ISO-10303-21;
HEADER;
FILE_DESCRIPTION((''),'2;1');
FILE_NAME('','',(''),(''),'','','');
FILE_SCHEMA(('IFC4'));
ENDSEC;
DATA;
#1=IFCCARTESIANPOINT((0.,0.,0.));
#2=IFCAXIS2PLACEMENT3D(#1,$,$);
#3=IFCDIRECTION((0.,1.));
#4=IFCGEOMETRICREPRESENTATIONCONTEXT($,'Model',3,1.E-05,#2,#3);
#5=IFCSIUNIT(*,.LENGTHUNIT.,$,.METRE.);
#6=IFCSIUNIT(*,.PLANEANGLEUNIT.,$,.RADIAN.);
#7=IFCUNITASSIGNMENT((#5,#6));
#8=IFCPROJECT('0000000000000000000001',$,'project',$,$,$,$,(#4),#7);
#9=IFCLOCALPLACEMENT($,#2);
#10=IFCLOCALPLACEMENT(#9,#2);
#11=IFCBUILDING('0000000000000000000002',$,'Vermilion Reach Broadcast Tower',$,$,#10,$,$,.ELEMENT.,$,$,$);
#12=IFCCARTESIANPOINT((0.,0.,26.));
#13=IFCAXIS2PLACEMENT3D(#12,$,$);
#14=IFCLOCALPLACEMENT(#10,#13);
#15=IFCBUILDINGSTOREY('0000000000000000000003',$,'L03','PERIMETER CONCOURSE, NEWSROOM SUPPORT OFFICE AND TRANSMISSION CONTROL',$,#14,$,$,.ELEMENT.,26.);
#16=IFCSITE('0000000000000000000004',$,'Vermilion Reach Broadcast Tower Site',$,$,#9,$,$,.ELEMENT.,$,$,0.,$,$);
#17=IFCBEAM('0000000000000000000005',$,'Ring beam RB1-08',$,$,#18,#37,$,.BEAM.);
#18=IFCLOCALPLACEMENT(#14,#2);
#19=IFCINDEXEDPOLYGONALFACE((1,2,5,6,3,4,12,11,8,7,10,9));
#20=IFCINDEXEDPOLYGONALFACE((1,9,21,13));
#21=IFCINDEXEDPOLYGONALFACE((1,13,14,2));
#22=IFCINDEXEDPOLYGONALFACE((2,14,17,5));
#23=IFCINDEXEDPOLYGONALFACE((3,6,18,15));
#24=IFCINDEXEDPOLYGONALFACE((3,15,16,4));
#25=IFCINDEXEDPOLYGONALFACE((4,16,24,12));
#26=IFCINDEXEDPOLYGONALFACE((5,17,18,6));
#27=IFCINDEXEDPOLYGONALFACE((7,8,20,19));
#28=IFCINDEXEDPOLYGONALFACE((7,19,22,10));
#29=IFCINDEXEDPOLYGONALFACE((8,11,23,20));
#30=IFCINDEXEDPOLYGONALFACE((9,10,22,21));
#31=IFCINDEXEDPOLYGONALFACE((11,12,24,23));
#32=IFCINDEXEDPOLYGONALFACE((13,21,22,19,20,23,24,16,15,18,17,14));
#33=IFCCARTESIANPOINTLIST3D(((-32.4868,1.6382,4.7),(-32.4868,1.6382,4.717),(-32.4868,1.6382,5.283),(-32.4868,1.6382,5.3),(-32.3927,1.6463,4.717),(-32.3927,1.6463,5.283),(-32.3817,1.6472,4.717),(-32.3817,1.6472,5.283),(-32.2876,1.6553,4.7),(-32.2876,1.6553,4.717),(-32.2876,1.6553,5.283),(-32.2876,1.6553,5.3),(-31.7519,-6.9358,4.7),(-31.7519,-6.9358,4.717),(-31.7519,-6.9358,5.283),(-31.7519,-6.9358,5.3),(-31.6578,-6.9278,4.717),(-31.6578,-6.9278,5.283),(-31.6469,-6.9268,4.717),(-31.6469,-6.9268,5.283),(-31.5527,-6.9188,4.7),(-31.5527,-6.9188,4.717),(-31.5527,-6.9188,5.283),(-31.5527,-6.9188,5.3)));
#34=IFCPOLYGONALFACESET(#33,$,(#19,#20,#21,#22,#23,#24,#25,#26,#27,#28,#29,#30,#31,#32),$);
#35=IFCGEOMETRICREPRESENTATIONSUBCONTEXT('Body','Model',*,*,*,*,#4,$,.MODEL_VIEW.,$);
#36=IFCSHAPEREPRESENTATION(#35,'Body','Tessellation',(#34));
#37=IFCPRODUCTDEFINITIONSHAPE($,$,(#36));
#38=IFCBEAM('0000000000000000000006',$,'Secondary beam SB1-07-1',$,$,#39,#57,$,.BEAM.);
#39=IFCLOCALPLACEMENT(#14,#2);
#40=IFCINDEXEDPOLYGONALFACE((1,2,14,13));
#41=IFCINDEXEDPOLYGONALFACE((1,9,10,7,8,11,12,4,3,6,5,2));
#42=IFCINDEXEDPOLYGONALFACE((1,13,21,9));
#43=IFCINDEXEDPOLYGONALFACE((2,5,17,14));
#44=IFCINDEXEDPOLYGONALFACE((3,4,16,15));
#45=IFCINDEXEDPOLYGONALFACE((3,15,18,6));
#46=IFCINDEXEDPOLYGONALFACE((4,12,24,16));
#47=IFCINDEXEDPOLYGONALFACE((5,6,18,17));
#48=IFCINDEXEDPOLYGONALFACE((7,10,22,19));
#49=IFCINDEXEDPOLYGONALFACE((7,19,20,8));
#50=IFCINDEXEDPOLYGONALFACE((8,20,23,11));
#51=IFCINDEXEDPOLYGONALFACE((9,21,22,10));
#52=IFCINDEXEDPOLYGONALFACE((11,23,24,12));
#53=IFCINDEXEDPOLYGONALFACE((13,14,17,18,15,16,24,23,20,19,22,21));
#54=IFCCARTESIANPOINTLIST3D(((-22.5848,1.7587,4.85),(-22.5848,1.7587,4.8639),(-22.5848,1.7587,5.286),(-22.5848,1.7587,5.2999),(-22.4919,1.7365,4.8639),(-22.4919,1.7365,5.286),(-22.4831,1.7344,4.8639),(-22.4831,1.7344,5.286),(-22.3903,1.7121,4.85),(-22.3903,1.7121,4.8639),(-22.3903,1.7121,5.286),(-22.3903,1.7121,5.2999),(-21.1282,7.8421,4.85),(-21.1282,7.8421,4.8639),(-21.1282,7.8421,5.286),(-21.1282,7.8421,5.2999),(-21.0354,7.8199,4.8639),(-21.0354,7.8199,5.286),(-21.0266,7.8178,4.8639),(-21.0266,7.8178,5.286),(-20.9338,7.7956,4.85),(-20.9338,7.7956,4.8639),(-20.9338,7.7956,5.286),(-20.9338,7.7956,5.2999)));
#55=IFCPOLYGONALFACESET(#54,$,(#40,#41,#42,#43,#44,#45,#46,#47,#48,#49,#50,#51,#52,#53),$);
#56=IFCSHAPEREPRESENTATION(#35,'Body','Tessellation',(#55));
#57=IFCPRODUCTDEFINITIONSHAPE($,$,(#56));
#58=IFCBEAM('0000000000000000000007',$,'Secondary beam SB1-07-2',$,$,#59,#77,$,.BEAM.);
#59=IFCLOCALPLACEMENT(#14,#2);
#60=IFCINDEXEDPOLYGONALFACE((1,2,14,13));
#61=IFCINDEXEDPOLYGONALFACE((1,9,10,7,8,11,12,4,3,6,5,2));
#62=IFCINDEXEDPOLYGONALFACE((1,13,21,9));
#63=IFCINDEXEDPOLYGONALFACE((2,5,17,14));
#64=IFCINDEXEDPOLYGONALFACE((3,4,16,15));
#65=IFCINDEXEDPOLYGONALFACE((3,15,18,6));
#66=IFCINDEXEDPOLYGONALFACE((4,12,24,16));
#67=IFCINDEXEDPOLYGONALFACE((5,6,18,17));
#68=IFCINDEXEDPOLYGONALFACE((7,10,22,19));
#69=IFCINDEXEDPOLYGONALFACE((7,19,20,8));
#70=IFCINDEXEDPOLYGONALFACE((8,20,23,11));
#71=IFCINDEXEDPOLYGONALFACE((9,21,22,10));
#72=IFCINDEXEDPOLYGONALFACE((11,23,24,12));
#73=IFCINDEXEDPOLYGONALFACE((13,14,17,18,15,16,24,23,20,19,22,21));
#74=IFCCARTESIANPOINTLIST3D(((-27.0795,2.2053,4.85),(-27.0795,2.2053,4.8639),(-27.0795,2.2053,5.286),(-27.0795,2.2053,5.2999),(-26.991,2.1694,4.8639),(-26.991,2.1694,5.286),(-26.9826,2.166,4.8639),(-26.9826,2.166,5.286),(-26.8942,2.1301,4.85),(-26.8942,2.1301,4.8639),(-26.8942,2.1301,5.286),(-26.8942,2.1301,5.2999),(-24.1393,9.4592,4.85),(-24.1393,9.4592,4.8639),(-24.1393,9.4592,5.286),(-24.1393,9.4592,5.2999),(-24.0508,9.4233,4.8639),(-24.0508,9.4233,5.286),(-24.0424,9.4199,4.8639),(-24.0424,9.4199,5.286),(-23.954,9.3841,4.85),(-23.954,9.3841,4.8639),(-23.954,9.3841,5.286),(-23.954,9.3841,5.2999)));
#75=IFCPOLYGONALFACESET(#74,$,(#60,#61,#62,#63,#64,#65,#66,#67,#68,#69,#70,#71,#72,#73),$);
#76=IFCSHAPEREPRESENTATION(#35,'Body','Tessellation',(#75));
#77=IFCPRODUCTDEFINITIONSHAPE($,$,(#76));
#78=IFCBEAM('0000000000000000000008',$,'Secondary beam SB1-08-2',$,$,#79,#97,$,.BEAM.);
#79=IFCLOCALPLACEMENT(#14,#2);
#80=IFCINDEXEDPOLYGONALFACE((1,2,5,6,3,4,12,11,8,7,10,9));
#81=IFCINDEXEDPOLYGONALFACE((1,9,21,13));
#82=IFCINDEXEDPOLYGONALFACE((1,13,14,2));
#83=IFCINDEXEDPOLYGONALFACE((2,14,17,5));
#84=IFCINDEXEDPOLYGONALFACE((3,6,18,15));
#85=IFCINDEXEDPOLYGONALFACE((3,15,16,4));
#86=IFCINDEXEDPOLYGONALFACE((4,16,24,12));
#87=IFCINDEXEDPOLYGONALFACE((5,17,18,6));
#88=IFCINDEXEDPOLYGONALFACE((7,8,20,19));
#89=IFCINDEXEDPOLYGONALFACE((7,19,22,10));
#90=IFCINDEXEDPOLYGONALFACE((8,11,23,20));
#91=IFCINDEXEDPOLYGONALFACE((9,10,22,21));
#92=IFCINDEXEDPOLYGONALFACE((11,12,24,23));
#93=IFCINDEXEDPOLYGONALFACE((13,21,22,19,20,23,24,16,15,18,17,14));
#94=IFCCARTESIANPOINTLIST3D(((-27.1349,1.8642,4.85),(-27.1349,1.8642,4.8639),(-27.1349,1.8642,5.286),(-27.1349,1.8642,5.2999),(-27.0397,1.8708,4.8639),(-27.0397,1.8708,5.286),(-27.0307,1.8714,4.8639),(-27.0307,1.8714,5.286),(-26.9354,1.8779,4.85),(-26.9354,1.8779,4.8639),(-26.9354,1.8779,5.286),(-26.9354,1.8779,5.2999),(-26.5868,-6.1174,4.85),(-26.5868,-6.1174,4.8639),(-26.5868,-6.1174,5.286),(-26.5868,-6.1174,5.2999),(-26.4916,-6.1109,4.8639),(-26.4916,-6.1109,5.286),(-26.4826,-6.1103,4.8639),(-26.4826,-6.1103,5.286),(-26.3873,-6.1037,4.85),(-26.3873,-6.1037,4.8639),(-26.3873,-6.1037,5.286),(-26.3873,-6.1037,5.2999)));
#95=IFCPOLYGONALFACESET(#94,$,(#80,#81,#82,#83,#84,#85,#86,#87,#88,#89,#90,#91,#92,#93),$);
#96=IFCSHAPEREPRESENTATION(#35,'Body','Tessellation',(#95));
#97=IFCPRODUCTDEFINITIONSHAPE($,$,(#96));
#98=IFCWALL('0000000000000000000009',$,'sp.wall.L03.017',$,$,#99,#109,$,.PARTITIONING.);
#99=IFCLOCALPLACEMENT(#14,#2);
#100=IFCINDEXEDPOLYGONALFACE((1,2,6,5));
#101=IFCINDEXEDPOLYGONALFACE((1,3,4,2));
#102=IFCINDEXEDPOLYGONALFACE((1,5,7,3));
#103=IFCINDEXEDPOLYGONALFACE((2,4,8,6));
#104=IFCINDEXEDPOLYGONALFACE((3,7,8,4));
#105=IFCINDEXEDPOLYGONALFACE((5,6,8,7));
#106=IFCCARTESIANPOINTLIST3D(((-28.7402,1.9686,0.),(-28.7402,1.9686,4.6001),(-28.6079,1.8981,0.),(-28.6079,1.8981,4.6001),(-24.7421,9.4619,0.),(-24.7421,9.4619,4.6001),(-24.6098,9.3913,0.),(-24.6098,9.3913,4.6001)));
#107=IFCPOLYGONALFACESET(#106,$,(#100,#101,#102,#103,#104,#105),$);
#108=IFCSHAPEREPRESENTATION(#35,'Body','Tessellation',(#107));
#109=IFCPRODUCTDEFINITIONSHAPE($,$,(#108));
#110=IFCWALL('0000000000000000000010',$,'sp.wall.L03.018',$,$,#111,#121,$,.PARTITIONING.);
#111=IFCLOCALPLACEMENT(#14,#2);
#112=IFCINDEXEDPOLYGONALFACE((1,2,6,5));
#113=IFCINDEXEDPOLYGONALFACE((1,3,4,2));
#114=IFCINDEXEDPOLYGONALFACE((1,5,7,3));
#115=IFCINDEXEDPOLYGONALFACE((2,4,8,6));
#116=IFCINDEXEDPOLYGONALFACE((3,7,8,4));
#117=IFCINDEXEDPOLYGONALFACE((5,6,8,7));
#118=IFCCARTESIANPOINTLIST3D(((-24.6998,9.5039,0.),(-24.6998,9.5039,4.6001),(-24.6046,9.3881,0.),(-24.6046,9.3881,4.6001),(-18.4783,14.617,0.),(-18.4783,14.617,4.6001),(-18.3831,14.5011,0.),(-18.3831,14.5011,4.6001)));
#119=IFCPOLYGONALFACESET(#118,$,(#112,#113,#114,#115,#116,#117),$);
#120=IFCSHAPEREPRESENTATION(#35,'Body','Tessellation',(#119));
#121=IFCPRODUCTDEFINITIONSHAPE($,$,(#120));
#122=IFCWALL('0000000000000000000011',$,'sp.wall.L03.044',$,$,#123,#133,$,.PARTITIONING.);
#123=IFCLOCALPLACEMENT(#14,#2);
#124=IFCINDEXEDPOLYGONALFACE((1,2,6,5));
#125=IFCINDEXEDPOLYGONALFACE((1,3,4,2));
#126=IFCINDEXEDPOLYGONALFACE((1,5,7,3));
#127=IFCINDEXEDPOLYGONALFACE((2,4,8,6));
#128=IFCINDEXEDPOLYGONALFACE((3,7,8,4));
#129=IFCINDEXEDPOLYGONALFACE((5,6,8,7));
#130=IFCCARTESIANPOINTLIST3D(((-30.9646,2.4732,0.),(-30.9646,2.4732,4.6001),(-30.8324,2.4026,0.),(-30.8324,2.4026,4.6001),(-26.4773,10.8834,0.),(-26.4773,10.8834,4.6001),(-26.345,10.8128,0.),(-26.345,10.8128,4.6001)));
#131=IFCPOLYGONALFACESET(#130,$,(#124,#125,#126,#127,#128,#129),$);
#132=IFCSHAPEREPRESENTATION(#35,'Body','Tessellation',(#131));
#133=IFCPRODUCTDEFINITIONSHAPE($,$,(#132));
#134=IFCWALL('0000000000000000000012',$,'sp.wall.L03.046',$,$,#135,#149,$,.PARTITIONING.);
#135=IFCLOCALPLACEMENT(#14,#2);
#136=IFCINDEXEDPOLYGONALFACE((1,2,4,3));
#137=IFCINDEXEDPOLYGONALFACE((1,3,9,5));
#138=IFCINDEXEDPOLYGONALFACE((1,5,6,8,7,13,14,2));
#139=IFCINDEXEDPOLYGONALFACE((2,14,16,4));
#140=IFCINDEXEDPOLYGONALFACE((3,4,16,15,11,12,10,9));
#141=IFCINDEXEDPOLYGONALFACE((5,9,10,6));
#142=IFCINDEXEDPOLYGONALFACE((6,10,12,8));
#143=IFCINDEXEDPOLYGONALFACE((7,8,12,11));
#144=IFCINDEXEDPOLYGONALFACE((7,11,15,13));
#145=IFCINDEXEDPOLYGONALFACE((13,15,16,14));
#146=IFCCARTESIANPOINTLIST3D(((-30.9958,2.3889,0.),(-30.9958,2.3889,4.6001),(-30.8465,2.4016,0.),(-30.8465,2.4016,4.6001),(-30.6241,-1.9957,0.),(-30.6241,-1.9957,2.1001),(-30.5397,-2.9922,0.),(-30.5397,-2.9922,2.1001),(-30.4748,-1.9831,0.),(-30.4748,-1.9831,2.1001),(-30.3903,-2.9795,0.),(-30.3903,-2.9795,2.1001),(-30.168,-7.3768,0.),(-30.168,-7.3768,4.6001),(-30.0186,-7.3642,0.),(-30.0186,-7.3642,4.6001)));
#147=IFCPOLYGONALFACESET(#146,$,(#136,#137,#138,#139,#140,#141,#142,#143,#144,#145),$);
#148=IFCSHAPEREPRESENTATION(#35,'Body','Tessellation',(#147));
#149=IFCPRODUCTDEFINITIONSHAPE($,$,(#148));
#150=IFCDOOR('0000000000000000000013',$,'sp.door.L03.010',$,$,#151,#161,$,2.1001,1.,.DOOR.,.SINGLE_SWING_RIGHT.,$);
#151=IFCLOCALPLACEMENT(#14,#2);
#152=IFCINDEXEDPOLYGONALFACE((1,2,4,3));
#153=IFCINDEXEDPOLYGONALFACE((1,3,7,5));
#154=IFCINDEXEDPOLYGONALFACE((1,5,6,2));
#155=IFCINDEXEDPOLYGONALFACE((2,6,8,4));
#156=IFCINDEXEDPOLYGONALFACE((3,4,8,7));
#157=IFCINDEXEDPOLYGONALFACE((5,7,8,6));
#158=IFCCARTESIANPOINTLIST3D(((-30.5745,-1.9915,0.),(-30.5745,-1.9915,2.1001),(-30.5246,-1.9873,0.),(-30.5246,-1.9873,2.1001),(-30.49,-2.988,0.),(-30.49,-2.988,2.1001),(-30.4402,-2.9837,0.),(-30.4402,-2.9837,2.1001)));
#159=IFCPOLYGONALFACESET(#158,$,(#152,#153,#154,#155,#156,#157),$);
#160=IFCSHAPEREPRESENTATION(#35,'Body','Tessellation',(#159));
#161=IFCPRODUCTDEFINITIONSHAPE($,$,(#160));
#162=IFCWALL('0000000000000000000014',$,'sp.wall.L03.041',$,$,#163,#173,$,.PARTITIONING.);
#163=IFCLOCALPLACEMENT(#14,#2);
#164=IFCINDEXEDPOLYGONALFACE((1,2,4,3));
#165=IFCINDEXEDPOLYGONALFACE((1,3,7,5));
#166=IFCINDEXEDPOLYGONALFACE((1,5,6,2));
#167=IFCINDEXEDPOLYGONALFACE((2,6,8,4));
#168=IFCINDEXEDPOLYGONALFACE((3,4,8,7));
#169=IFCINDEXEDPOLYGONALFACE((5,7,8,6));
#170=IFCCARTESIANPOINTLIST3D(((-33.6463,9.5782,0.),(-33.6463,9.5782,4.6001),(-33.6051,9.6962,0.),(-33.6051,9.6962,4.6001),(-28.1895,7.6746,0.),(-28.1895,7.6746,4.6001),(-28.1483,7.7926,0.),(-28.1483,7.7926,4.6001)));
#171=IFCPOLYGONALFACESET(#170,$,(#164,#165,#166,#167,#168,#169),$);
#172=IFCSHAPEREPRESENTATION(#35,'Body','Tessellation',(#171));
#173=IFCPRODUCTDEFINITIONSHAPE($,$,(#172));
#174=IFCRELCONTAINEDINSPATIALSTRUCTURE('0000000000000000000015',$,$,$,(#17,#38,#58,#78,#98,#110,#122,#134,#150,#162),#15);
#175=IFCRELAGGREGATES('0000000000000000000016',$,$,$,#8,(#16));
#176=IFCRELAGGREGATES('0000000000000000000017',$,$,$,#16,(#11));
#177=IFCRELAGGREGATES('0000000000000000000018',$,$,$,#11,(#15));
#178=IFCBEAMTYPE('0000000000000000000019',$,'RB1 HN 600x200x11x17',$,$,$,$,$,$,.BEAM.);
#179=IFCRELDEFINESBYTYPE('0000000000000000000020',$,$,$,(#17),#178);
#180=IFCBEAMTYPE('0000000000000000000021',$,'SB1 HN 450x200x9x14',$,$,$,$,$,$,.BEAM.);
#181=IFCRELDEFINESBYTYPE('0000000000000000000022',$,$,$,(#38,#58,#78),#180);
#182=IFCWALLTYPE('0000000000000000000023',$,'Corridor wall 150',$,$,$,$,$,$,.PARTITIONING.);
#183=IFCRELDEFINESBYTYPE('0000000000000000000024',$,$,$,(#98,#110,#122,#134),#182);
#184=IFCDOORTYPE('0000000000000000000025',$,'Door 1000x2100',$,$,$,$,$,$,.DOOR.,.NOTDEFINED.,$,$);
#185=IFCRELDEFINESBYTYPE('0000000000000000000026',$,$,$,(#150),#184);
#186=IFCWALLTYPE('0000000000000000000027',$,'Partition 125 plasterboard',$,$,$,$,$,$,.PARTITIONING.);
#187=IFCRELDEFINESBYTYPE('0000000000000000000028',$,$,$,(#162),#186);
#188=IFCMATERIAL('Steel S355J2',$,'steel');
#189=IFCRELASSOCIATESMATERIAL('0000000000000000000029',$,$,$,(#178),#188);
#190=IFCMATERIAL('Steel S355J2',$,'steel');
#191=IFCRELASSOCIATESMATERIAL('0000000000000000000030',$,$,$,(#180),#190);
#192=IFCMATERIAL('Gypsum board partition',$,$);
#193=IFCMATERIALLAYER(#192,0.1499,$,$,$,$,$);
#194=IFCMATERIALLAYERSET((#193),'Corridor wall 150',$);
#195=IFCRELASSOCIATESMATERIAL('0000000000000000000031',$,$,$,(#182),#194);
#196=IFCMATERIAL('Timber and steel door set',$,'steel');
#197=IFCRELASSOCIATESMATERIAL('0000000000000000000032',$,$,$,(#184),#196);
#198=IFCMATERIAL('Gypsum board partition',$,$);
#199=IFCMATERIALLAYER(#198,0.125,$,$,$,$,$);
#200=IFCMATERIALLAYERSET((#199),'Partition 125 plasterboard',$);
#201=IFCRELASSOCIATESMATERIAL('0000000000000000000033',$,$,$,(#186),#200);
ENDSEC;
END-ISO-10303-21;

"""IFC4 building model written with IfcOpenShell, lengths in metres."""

from ifc_helpers import new_model, si_unit, direction, frame, frame_2d, origin, origin_2d, place, context, subcontext, project, spatial, rectangle, i_section, extrude, material, layer, layer_set, material_profile, profile_set, type_object, element, fill, save


model = new_model("IFC4")

# Units and contexts
model_context = context("Model", 3, precision=1e-05, world=origin(), true_north=direction((0.0, 1.0)))
body_context = subcontext(model_context, "Body", "Model", "MODEL_VIEW")
ifc_project = project(units=[si_unit("LENGTHUNIT", "METRE"), si_unit("PLANEANGLEUNIT", "RADIAN")], contexts=[model_context])

# Site, building, storey
site_placement = place(None, origin())
site = spatial("IfcSite", under=ifc_project, at=site_placement, Name="Vermilion Reach Broadcast Tower Site", CompositionType="ELEMENT", RefElevation=0.0)
building_placement = place(site_placement, origin())
building = spatial("IfcBuilding", under=site, at=building_placement, Name="Vermilion Reach Broadcast Tower", CompositionType="ELEMENT")
storey_placement = place(building_placement, frame((0.0, 0.0, 26.0)))
storey = spatial("IfcBuildingStorey", under=building, at=storey_placement, Name="L03", Description="PERIMETER CONCOURSE, NEWSROOM SUPPORT OFFICE AND TRANSMISSION CONTROL", CompositionType="ELEMENT", Elevation=26.0)

# Beams
ifc_material_1 = material(Name="Steel S355J2", Category="steel")
ifc_material_profile_1 = material_profile(ifc_material_1, i_section(OverallWidth=0.2, OverallDepth=0.6001, WebThickness=0.011, FlangeThickness=0.0171, at=origin_2d()), Name="S355J2 HN 600x200x11x17")
ifc_profile_set_1 = profile_set([ifc_material_profile_1], Name="Steel S355J2")
beam_type_1 = type_object("IfcBeamType", Name="RB1 HN 600x200x11x17", PredefinedType="BEAM", material=ifc_profile_set_1)
beam_1_placement = place(storey_placement, frame((-32.3872, 1.6467, 5.0), z_axis=(0.085396, -0.996347, 0.0), x_axis=(0.996347, 0.085396, 0.0)))
element("IfcBeam", 1, at=beam_1_placement, inside=storey, type_object=beam_type_1, Name="Ring beam RB1-08", PredefinedType="BEAM", context=body_context, shape_type="SweptSolid", body=[
    extrude(i_section(OverallWidth=0.2, OverallDepth=0.6001, WebThickness=0.011, FlangeThickness=0.0171, at=origin_2d()), origin(), (0.0, 0.0, 1.0), 8.6055),
])
ifc_material_2 = material(Name="Steel S355J2", Category="steel")
ifc_material_profile_2 = material_profile(ifc_material_2, i_section(OverallWidth=0.2, OverallDepth=0.45, WebThickness=0.009, FlangeThickness=0.0139, at=origin_2d()), Name="S355J2 HN 450x200x9x14")
ifc_profile_set_2 = profile_set([ifc_material_profile_2], Name="Steel S355J2")
beam_type_2 = type_object("IfcBeamType", Name="SB1 HN 450x200x9x14", PredefinedType="BEAM", material=ifc_profile_set_2)
beam_2_placement = place(storey_placement, frame((-21.031, 7.8188, 5.075), z_axis=(-0.232844, -0.972514, 0.0), x_axis=(0.972514, -0.232844, 0.0)))
element("IfcBeam", 2, at=beam_2_placement, inside=storey, type_object=beam_type_2, Name="Secondary beam SB1-07-1", PredefinedType="BEAM", context=body_context, shape_type="SweptSolid", body=[
    extrude(i_section(OverallWidth=0.2, OverallDepth=0.45, WebThickness=0.009, FlangeThickness=0.0139, at=origin_2d()), origin(), (0.0, 0.0, 1.0), 6.2554),
])
beam_3_placement = place(storey_placement, frame((-24.0466, 9.4216, 5.075), z_axis=(-0.375641, -0.926765, 0.0), x_axis=(0.926765, -0.375641, 0.0)))
element("IfcBeam", 3, at=beam_3_placement, inside=storey, type_object=beam_type_2, Name="Secondary beam SB1-07-2", PredefinedType="BEAM", context=body_context, shape_type="SweptSolid", body=[
    extrude(i_section(OverallWidth=0.2, OverallDepth=0.45, WebThickness=0.009, FlangeThickness=0.0139, at=origin_2d()), origin(), (0.0, 0.0, 1.0), 7.8271),
])
beam_4_placement = place(storey_placement, frame((-27.0352, 1.8711, 5.075), z_axis=(0.068508, -0.997651, 0.0), x_axis=(0.997651, 0.068508, 0.0)))
element("IfcBeam", 4, at=beam_4_placement, inside=storey, type_object=beam_type_2, Name="Secondary beam SB1-08-2", PredefinedType="BEAM", context=body_context, shape_type="SweptSolid", body=[
    extrude(i_section(OverallWidth=0.2, OverallDepth=0.45, WebThickness=0.009, FlangeThickness=0.0139, at=origin_2d()), origin(), (0.0, 0.0, 1.0), 8.0005),
])

# Walls
ifc_material_3 = material(Name="Gypsum board partition")
ifc_layer_1 = layer(ifc_material_3, 0.1499)
ifc_layer_set_1 = layer_set([ifc_layer_1], Name="Corridor wall 150")
wall_type_1 = type_object("IfcWallType", Name="Corridor wall 150", PredefinedType="PARTITIONING", material=ifc_layer_set_1)
wall_1_placement = place(storey_placement, frame((-28.6741, 1.9333, 0.0), z_axis=(0.0, 0.0, 1.0), x_axis=(0.470743, 0.88227, 0.0)))
element("IfcWall", 5, at=wall_1_placement, inside=storey, type_object=wall_type_1, Name="sp.wall.L03.017", PredefinedType="PARTITIONING", context=body_context, shape_type="SweptSolid", body=[
    extrude(rectangle(XDim=8.4932, YDim=0.1499, at=frame_2d((4.2466, 0.0))), origin(), (0.0, 0.0, 1.0), 4.6001),
])
wall_2_placement = place(storey_placement, frame((-24.6521, 9.446, 0.0), z_axis=(0.0, 0.0, 1.0), x_axis=(0.77257, 0.63493, 0.0)))
element("IfcWall", 6, at=wall_2_placement, inside=storey, type_object=wall_type_1, Name="sp.wall.L03.018", PredefinedType="PARTITIONING", context=body_context, shape_type="SweptSolid", body=[
    extrude(rectangle(XDim=8.053, YDim=0.1499, at=frame_2d((4.0264, 0.0))), origin(), (0.0, 0.0, 1.0), 4.6001),
])
wall_3_placement = place(storey_placement, frame((-30.8984, 2.438, 0.0), z_axis=(0.0, 0.0, 1.0), x_axis=(0.470742, 0.882271, 0.0)))
element("IfcWall", 7, at=wall_3_placement, inside=storey, type_object=wall_type_1, Name="sp.wall.L03.044", PredefinedType="PARTITIONING", context=body_context, shape_type="SweptSolid", body=[
    extrude(rectangle(XDim=9.5325, YDim=0.1499, at=frame_2d((4.7661, 0.0))), origin(), (0.0, 0.0, 1.0), 4.6001),
])

# Wall, opening, door
wall_4_placement = place(storey_placement, frame((-30.9211, 2.3953, 0.0), z_axis=(0.0, 0.0, 1.0), x_axis=(0.08447, -0.996426, 0.0)))
wall_4 = element("IfcWall", 8, at=wall_4_placement, inside=storey, type_object=wall_type_1, Name="sp.wall.L03.046", PredefinedType="PARTITIONING", context=body_context, shape_type="SweptSolid", body=[
    extrude(rectangle(XDim=9.8008, YDim=0.1499, at=frame_2d((4.9004, 0.0))), origin(), (0.0, 0.0, 1.0), 4.6001),
])
opening_1_placement = place(wall_4_placement, frame((4.4004, 0.0, 0.0)))
opening_1 = element("IfcOpeningElement", 9, at=opening_1_placement, cuts=wall_4, PredefinedType="OPENING", context=body_context, shape_type="SweptSolid", body=[
    extrude(rectangle(XDim=1.0, YDim=2.1001, at=frame_2d((0.5, 1.05))), frame((0.0, 0.085, 0.0), z_axis=(0.0, -1.0, 0.0), x_axis=(1.0, 0.0, 0.0)), (0.0, 0.0, 1.0), 0.1699),
])
ifc_material_4 = material(Name="Timber and steel door set", Category="steel")
door_type = type_object("IfcDoorType", Name="Door 1000x2100", OperationType="NOTDEFINED", PredefinedType="DOOR", material=ifc_material_4)
door_placement = place(opening_1_placement, origin())
door = element("IfcDoor", 10, at=door_placement, inside=storey, type_object=door_type, Name="sp.door.L03.010", OperationType="SINGLE_SWING_RIGHT", OverallHeight=2.1001, OverallWidth=1.0, PredefinedType="DOOR", context=body_context, shape_type="SweptSolid", body=[
    extrude(rectangle(XDim=1.0, YDim=2.1001, at=frame_2d((0.5, 1.05))), frame((0.0, 0.0249, 0.0), z_axis=(0.0, -1.0, 0.0), x_axis=(1.0, 0.0, 0.0)), (0.0, 0.0, 1.0), 0.05),
])
fill(opening_1, door)

# Wall
ifc_material_5 = material(Name="Gypsum board partition")
ifc_layer_2 = layer(ifc_material_5, 0.125)
ifc_layer_set_2 = layer_set([ifc_layer_2], Name="Partition 125 plasterboard")
wall_type_2 = type_object("IfcWallType", Name="Partition 125 plasterboard", PredefinedType="PARTITIONING", material=ifc_layer_set_2)
wall_5_placement = place(storey_placement, frame((-33.6257, 9.6372, 0.0), z_axis=(0.0, 0.0, 1.0), x_axis=(0.944198, -0.329377, 0.0)))
element("IfcWall", 11, at=wall_5_placement, inside=storey, type_object=wall_type_2, Name="sp.wall.L03.041", PredefinedType="PARTITIONING", context=body_context, shape_type="SweptSolid", body=[
    extrude(rectangle(XDim=5.7793, YDim=0.125, at=frame_2d((2.8896, 0.0))), origin(), (0.0, 0.0, 1.0), 4.6001),
])

save(model, "model.ifc")
